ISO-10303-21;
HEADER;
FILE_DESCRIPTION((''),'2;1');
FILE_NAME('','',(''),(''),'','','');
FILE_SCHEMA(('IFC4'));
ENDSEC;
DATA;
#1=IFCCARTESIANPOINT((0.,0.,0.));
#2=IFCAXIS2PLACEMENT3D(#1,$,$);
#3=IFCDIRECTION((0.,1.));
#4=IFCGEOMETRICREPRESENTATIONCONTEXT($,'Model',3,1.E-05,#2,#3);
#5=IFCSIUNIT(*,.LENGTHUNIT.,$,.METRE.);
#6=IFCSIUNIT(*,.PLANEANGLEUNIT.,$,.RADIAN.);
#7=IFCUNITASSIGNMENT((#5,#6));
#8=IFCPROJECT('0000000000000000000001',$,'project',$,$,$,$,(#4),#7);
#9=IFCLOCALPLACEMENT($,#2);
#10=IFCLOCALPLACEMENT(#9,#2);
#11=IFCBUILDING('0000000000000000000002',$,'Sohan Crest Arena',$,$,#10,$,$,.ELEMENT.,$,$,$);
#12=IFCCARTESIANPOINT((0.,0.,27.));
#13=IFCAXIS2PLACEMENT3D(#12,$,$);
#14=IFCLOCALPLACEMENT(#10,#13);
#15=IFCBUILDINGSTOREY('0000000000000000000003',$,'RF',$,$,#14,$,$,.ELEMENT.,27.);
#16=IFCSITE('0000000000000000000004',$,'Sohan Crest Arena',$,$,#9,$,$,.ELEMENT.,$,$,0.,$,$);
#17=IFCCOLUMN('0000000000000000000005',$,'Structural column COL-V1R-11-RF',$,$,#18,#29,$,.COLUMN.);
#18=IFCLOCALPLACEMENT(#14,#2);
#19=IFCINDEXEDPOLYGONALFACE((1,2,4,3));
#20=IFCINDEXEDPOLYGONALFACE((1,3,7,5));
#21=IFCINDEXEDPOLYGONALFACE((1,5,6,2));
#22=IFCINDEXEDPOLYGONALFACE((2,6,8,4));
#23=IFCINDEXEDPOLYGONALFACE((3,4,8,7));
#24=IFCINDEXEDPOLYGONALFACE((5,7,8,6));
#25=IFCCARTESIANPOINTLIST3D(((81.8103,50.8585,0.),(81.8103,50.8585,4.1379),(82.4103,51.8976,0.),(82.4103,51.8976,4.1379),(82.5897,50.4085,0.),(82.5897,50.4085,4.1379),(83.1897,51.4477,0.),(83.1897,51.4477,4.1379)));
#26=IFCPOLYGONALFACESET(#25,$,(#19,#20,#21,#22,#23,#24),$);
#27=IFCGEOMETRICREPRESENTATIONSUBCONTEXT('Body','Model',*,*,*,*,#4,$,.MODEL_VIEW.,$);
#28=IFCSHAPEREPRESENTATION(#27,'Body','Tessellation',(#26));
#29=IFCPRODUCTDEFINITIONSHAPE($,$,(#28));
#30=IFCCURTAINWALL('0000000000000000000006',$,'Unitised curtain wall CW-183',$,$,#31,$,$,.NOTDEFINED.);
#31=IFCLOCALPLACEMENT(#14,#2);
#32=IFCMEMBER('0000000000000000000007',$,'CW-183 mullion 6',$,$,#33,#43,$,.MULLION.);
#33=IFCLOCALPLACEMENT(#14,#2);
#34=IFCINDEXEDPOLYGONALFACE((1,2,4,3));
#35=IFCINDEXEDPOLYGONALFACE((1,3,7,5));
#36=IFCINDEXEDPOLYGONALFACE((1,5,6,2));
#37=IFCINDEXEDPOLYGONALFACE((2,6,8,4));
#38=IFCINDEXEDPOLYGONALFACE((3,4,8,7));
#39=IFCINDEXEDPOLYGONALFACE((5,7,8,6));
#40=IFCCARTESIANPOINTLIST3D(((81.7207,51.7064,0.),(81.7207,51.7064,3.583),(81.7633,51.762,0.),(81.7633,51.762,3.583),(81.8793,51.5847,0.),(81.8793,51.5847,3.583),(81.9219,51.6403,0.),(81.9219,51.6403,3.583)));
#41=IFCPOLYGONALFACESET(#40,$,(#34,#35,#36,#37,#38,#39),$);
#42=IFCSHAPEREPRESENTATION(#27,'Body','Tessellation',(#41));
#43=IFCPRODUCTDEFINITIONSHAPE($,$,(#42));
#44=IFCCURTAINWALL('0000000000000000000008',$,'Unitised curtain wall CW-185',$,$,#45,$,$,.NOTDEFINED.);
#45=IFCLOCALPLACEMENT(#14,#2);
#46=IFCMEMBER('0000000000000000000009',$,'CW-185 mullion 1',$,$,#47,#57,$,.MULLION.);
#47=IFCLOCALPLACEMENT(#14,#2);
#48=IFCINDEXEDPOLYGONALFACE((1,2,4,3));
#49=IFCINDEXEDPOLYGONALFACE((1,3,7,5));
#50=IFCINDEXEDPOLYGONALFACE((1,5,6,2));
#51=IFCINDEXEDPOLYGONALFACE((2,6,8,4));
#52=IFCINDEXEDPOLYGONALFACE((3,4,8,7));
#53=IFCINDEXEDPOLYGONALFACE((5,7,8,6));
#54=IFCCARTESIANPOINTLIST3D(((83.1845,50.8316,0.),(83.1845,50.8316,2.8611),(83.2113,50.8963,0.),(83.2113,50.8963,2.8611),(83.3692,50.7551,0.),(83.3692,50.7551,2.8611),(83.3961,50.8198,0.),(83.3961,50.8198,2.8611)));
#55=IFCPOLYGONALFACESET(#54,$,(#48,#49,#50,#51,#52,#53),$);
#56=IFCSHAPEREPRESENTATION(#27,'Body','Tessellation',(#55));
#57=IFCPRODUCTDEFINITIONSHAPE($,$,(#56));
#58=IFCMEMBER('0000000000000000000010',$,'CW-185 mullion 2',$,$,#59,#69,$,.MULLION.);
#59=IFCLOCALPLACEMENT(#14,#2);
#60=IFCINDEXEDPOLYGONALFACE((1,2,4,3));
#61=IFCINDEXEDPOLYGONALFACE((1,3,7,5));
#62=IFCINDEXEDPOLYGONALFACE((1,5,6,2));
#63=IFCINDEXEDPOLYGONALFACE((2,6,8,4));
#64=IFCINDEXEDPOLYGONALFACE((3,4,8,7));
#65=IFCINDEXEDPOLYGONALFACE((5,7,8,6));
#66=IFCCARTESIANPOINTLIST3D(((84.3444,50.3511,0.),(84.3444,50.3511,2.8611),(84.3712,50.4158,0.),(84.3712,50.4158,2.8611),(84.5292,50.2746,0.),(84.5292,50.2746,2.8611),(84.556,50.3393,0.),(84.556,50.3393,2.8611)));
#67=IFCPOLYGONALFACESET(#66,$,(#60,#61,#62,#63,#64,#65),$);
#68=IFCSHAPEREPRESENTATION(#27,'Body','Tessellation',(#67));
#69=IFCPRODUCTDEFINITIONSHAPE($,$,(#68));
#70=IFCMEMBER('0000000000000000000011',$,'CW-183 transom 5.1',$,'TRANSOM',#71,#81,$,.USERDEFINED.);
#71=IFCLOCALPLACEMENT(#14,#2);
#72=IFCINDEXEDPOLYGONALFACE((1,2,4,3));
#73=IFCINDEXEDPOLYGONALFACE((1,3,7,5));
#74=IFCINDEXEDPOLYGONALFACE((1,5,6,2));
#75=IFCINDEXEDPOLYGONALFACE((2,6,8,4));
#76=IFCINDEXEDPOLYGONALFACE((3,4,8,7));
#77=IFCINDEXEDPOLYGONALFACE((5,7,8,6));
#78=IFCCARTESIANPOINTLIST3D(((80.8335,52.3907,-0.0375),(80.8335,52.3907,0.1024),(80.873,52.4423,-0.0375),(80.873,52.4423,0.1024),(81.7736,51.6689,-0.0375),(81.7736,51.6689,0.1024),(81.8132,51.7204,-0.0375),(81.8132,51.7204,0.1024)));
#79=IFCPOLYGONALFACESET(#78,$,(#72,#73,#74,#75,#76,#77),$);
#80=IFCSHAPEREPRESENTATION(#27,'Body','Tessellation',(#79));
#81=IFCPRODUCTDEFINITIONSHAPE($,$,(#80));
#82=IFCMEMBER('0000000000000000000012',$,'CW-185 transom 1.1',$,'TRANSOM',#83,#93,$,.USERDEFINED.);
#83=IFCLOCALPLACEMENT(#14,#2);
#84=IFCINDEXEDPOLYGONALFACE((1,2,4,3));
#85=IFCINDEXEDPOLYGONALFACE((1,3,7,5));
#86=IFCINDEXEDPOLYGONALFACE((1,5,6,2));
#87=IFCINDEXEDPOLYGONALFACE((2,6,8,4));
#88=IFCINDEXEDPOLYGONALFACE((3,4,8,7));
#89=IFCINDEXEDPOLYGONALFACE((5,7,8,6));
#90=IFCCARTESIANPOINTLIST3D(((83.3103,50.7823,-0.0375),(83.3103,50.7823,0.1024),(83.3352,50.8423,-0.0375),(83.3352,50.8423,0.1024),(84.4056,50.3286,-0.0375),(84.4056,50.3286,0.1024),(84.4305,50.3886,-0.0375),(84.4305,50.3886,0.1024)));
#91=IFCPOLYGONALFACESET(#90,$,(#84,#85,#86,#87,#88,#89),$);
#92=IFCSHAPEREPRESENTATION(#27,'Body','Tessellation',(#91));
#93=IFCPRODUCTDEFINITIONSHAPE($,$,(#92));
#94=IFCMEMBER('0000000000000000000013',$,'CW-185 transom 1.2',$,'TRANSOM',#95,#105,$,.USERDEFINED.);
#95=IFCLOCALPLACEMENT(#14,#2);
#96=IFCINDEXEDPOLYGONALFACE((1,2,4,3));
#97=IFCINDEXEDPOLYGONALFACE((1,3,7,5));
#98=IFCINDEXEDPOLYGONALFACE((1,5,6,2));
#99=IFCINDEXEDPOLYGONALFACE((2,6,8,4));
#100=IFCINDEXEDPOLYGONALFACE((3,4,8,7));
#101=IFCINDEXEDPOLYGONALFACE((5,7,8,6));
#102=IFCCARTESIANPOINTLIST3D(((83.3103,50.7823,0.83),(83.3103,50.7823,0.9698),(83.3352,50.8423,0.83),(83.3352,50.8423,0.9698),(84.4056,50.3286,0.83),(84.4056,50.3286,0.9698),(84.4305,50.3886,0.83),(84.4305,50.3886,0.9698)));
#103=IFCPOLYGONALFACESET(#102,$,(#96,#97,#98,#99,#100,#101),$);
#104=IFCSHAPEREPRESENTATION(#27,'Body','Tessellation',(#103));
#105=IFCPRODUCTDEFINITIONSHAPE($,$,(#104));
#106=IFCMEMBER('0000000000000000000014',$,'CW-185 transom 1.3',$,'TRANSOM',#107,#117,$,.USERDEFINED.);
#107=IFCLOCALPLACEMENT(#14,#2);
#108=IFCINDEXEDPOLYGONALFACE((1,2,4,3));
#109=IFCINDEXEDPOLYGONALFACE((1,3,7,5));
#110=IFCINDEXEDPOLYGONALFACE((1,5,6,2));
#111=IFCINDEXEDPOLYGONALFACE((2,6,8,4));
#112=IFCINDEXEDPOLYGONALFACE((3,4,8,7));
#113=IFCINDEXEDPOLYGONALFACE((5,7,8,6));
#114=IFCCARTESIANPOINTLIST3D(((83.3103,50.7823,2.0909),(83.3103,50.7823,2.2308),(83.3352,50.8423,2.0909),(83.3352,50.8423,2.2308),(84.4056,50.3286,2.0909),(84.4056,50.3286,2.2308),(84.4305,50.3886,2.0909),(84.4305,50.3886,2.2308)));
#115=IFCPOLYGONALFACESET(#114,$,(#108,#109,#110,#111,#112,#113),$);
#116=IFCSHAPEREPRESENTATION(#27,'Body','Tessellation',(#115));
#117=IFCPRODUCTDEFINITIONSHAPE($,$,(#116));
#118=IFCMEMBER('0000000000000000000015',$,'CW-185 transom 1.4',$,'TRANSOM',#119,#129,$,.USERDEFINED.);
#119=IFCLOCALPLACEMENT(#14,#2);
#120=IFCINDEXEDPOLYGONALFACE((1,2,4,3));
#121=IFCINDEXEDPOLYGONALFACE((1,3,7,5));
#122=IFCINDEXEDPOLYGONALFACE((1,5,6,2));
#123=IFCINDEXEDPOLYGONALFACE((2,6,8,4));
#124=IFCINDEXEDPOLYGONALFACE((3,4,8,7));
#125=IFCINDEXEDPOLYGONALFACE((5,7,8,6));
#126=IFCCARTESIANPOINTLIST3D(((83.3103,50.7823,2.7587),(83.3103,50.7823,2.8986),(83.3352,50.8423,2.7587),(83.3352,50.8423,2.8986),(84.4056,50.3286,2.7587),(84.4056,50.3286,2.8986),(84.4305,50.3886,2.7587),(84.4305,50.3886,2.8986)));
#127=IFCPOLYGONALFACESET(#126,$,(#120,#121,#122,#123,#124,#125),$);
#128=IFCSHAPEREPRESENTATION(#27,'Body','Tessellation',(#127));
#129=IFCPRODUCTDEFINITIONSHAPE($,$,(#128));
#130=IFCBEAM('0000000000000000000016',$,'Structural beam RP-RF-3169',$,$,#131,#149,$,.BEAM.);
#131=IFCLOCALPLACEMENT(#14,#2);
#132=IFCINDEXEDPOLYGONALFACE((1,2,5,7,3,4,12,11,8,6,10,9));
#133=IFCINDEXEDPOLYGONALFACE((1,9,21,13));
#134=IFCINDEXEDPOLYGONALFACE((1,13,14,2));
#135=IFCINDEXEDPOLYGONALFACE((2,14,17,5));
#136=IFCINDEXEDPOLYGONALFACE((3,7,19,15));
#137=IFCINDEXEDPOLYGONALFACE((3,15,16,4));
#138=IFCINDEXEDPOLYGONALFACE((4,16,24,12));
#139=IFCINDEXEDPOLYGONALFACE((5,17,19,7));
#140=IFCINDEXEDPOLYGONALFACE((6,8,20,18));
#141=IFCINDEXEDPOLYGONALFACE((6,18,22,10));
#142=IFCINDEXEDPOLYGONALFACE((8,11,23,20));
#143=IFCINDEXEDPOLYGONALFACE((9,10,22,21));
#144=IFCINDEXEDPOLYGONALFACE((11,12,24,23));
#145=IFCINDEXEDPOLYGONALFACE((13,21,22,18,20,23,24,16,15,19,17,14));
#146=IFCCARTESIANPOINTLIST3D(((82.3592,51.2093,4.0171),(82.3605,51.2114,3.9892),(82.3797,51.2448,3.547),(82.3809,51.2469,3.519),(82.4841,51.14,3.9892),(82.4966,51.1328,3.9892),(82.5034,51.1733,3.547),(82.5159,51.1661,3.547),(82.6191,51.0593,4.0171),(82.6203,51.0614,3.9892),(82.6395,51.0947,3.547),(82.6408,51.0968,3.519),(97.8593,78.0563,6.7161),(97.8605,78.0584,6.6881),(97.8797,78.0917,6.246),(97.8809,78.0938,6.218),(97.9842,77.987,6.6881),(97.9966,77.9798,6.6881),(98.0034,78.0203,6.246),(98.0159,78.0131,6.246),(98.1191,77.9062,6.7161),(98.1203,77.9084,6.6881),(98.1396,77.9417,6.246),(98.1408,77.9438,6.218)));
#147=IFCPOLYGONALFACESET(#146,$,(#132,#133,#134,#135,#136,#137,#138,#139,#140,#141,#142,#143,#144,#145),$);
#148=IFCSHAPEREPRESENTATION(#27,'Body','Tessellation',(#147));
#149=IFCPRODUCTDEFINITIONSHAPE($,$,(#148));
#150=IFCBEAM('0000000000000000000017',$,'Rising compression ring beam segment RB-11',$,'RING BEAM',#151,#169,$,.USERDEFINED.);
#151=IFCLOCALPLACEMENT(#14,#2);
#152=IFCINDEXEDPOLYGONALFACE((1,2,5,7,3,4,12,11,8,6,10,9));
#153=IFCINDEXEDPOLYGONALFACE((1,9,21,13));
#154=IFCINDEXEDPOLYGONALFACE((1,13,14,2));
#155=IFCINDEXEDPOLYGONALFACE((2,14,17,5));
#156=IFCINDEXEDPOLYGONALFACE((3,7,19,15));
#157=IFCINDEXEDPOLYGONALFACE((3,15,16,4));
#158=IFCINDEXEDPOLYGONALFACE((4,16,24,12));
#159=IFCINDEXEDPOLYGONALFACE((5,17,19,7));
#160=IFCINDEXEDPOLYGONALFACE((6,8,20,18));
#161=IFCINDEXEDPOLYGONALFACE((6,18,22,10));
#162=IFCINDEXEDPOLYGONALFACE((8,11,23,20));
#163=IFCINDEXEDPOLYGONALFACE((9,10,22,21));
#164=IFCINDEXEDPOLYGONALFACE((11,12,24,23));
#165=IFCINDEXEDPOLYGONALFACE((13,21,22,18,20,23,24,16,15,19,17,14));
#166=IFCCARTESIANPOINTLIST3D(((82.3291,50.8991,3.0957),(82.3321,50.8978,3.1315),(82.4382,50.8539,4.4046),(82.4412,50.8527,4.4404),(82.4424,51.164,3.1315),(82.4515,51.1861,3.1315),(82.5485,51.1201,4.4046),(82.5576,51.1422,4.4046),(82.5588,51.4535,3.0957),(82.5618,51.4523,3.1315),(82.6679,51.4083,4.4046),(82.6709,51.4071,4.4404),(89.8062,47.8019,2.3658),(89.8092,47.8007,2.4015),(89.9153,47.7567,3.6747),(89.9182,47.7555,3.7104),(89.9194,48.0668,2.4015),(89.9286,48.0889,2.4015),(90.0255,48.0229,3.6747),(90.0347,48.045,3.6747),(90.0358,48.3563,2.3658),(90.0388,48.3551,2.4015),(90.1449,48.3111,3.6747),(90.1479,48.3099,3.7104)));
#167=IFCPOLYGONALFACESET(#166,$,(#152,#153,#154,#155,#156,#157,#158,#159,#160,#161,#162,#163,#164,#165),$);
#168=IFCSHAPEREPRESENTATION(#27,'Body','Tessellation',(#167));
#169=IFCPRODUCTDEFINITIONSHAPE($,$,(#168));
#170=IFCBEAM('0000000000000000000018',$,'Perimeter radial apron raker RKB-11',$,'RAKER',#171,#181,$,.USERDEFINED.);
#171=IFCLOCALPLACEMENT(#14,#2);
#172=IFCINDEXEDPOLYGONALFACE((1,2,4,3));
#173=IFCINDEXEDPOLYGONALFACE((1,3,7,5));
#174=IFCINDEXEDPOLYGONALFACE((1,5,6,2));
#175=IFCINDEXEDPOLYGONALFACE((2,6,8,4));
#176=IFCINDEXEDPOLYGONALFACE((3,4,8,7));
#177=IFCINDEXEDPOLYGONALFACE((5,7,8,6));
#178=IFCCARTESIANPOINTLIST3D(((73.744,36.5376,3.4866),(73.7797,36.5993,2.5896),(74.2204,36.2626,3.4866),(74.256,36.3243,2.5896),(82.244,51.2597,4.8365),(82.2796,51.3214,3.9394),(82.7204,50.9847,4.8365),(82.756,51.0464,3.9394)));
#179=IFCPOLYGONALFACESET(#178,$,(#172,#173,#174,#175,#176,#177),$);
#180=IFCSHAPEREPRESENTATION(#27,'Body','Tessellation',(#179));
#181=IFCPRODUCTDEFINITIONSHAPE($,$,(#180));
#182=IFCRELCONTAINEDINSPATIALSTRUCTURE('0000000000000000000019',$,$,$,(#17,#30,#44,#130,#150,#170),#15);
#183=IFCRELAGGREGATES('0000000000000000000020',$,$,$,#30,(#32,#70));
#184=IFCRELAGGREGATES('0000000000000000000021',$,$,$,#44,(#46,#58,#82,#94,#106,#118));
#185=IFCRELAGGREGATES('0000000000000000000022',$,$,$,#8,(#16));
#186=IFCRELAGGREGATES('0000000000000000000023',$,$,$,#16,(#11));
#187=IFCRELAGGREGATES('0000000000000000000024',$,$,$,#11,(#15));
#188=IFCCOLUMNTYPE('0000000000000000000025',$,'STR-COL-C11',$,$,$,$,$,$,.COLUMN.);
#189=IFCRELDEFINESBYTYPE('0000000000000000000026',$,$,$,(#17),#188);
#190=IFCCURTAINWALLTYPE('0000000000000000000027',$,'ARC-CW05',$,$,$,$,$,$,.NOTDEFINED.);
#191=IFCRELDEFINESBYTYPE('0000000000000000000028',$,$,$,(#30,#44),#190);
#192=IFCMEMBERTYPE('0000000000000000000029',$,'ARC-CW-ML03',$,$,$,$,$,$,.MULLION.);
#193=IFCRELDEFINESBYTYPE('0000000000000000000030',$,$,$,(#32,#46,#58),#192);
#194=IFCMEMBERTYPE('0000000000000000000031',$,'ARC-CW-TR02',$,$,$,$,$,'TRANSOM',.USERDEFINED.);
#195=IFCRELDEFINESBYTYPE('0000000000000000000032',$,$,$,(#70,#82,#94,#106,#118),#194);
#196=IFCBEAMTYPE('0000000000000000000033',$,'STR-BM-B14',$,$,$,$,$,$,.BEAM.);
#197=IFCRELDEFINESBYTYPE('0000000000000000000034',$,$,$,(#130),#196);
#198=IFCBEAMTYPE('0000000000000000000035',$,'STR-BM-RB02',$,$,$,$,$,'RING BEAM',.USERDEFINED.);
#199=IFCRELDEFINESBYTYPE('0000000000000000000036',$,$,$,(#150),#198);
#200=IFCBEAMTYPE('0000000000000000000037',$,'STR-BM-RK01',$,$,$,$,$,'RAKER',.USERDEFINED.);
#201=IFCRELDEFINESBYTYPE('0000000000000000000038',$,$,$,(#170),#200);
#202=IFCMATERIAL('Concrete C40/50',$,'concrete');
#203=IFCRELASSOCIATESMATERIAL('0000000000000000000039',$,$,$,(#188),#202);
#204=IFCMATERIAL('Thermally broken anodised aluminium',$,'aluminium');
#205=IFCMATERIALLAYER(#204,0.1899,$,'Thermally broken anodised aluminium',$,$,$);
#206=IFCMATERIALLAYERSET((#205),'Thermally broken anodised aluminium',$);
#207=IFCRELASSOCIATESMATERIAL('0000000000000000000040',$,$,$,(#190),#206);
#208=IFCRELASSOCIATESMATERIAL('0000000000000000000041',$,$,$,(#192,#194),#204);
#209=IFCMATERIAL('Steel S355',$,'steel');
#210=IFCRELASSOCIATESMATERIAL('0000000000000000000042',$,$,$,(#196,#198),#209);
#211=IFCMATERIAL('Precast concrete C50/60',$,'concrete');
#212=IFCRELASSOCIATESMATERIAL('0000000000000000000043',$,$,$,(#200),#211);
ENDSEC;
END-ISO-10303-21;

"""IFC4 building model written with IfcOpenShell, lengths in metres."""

from ifc_helpers import new_model, si_unit, direction, frame, origin, origin_2d, place, context, subcontext, project, spatial, rectangle, i_section, extrude, material, layer, layer_set, material_profile, profile_set, type_object, element, aggregate, save


model = new_model("IFC4")

# Units and contexts
model_context = context("Model", 3, precision=1e-05, world=origin(), true_north=direction((0.0, 1.0)))
body_context = subcontext(model_context, "Body", "Model", "MODEL_VIEW")
ifc_project = project(units=[si_unit("LENGTHUNIT", "METRE"), si_unit("PLANEANGLEUNIT", "RADIAN")], contexts=[model_context])

# Site, building, storey
site_placement = place(None, origin())
site = spatial("IfcSite", under=ifc_project, at=site_placement, Name="Sohan Crest Arena", CompositionType="ELEMENT", RefElevation=0.0)
building_placement = place(site_placement, origin())
building = spatial("IfcBuilding", under=site, at=building_placement, Name="Sohan Crest Arena", CompositionType="ELEMENT")
storey_placement = place(building_placement, frame((0.0, 0.0, 27.0)))
storey = spatial("IfcBuildingStorey", under=building, at=storey_placement, Name="RF", CompositionType="ELEMENT", Elevation=27.0)

# Column
ifc_material_1 = material(Name="Concrete C40/50", Category="concrete")
ifc_material_profile_1 = material_profile(ifc_material_1, rectangle(XDim=1.2, YDim=0.8999, at=origin_2d()), Name="RC 1200x900")
ifc_profile_set_1 = profile_set([ifc_material_profile_1], Name="Concrete C40/50")
column_type = type_object("IfcColumnType", Name="STR-COL-C11", PredefinedType="COLUMN", material=ifc_profile_set_1)
column_placement = place(storey_placement, frame((82.5, 51.1531, 0.0), z_axis=(0.0, 0.0, 1.0), x_axis=(0.5, 0.866025, 0.0)))
element("IfcColumn", 1, at=column_placement, inside=storey, type_object=column_type, Name="Structural column COL-V1R-11-RF", PredefinedType="COLUMN", context=body_context, shape_type="SweptSolid", body=[
    extrude(rectangle(XDim=1.2, YDim=0.8999, at=origin_2d()), origin(), (0.0, 0.0, 1.0), 4.1379),
])

# Curtain wall, member
ifc_material_2 = material(Name="Thermally broken anodised aluminium", Category="aluminium")
ifc_layer_1 = layer(ifc_material_2, 0.1899, Name="Thermally broken anodised aluminium")
ifc_layer_set_1 = layer_set([ifc_layer_1], Name="Thermally broken anodised aluminium")
curtain_wall_type = type_object("IfcCurtainWallType", Name="ARC-CW05", PredefinedType="NOTDEFINED", material=ifc_layer_set_1)
curtain_wall_1_placement = place(storey_placement, origin())
curtain_wall_1 = element("IfcCurtainWall", 2, at=curtain_wall_1_placement, inside=storey, type_object=curtain_wall_type, Name="Unitised curtain wall CW-183", PredefinedType="NOTDEFINED")
ifc_material_profile_2 = material_profile(ifc_material_2, rectangle(XDim=0.0701, YDim=0.2, at=origin_2d()), Name="ALU-MULL 70x200")
ifc_profile_set_2 = profile_set([ifc_material_profile_2], Name="Thermally broken anodised aluminium")
member_type_1 = type_object("IfcMemberType", Name="ARC-CW-ML03", PredefinedType="MULLION", material=ifc_profile_set_2)
member_1_placement = place(storey_placement, frame((81.8213, 51.6733, 0.0), z_axis=(0.0, 0.0, 1.0), x_axis=(0.608939, 0.793217, 0.0)))
member_1 = element("IfcMember", 3, at=member_1_placement, type_object=member_type_1, Name="CW-183 mullion 6", PredefinedType="MULLION", context=body_context, shape_type="SweptSolid", body=[
    extrude(rectangle(XDim=0.0701, YDim=0.2, at=origin_2d()), origin(), (0.0, 0.0, 1.0), 3.583),
])

# Curtain wall, members
curtain_wall_2_placement = place(storey_placement, origin())
curtain_wall_2 = element("IfcCurtainWall", 4, at=curtain_wall_2_placement, inside=storey, type_object=curtain_wall_type, Name="Unitised curtain wall CW-185", PredefinedType="NOTDEFINED")
member_2_placement = place(storey_placement, frame((83.2903, 50.8257, 0.0), z_axis=(0.0, 0.0, 1.0), x_axis=(0.382667, 0.923886, 0.0)))
member_2 = element("IfcMember", 5, at=member_2_placement, type_object=member_type_1, Name="CW-185 mullion 1", PredefinedType="MULLION", context=body_context, shape_type="SweptSolid", body=[
    extrude(rectangle(XDim=0.0701, YDim=0.2, at=origin_2d()), origin(), (0.0, 0.0, 1.0), 2.8611),
])
member_3_placement = place(storey_placement, frame((84.4502, 50.3452, 0.0), z_axis=(0.0, 0.0, 1.0), x_axis=(0.382667, 0.923886, 0.0)))
member_3 = element("IfcMember", 6, at=member_3_placement, type_object=member_type_1, Name="CW-185 mullion 2", PredefinedType="MULLION", context=body_context, shape_type="SweptSolid", body=[
    extrude(rectangle(XDim=0.0701, YDim=0.2, at=origin_2d()), origin(), (0.0, 0.0, 1.0), 2.8611),
])

# Members
ifc_material_profile_3 = material_profile(ifc_material_2, rectangle(XDim=0.0649, YDim=0.1399, at=origin_2d()), Name="ALU-TRAN 65x140")
ifc_profile_set_3 = profile_set([ifc_material_profile_3], Name="Thermally broken anodised aluminium")
member_type_2 = type_object("IfcMemberType", Name="ARC-CW-TR02", ElementType="TRANSOM", PredefinedType="USERDEFINED", material=ifc_profile_set_3)
member_4_placement = place(storey_placement, frame((80.8533, 52.4165, 0.0325), z_axis=(0.793152, -0.609024, 0.0), x_axis=(0.609024, 0.793152, 0.0)))
member_4 = element("IfcMember", 7, at=member_4_placement, type_object=member_type_2, Name="CW-183 transom 5.1", ObjectType="TRANSOM", PredefinedType="USERDEFINED", context=body_context, shape_type="SweptSolid", body=[
    extrude(rectangle(XDim=0.0649, YDim=0.1399, at=origin_2d()), origin(), (0.0, 0.0, 1.0), 1.1853),
])
member_5_placement = place(storey_placement, frame((83.3228, 50.8123, 0.0325), z_axis=(0.923891, -0.382655, 0.0), x_axis=(0.382655, 0.923891, 0.0)))
member_5 = element("IfcMember", 8, at=member_5_placement, type_object=member_type_2, Name="CW-185 transom 1.1", ObjectType="TRANSOM", PredefinedType="USERDEFINED", context=body_context, shape_type="SweptSolid", body=[
    extrude(rectangle(XDim=0.0649, YDim=0.1399, at=origin_2d()), origin(), (0.0, 0.0, 1.0), 1.1855),
])
member_6_placement = place(storey_placement, frame((83.3228, 50.8123, 0.8999), z_axis=(0.923891, -0.382655, 0.0), x_axis=(0.382655, 0.923891, 0.0)))
member_6 = element("IfcMember", 9, at=member_6_placement, type_object=member_type_2, Name="CW-185 transom 1.2", ObjectType="TRANSOM", PredefinedType="USERDEFINED", context=body_context, shape_type="SweptSolid", body=[
    extrude(rectangle(XDim=0.0649, YDim=0.1399, at=origin_2d()), origin(), (0.0, 0.0, 1.0), 1.1855),
])
member_7_placement = place(storey_placement, frame((83.3228, 50.8123, 2.1609), z_axis=(0.923891, -0.382655, 0.0), x_axis=(0.382655, 0.923891, 0.0)))
member_7 = element("IfcMember", 10, at=member_7_placement, type_object=member_type_2, Name="CW-185 transom 1.3", ObjectType="TRANSOM", PredefinedType="USERDEFINED", context=body_context, shape_type="SweptSolid", body=[
    extrude(rectangle(XDim=0.0649, YDim=0.1399, at=origin_2d()), origin(), (0.0, 0.0, 1.0), 1.1855),
])
member_8_placement = place(storey_placement, frame((83.3228, 50.8123, 2.8286), z_axis=(0.923891, -0.382655, 0.0), x_axis=(0.382655, 0.923891, 0.0)))
member_8 = element("IfcMember", 11, at=member_8_placement, type_object=member_type_2, Name="CW-185 transom 1.4", ObjectType="TRANSOM", PredefinedType="USERDEFINED", context=body_context, shape_type="SweptSolid", body=[
    extrude(rectangle(XDim=0.0649, YDim=0.1399, at=origin_2d()), origin(), (0.0, 0.0, 1.0), 1.1855),
])

# Beams
ifc_material_3 = material(Name="Steel S355", Category="steel")
ifc_material_profile_4 = material_profile(ifc_material_3, i_section(OverallWidth=0.3, OverallDepth=0.5, WebThickness=0.0144, FlangeThickness=0.0281, at=origin_2d()), Name="HEB 500")
ifc_profile_set_4 = profile_set([ifc_material_profile_4], Name="Steel S355")
beam_type_1 = type_object("IfcBeamType", Name="STR-BM-B14", PredefinedType="BEAM", material=ifc_profile_set_4)
beam_1_placement = place(storey_placement, frame((82.5, 51.1531, 3.7681), z_axis=(0.498114, 0.862763, 0.086735), x_axis=(-0.866027, 0.499998, 0.0)))
element("IfcBeam", 12, at=beam_1_placement, inside=storey, type_object=beam_type_1, Name="Structural beam RP-RF-3169", PredefinedType="BEAM", context=body_context, shape_type="SweptSolid", body=[
    extrude(i_section(OverallWidth=0.3, OverallDepth=0.5, WebThickness=0.0144, FlangeThickness=0.0281, at=origin_2d()), origin(), (0.0, 0.0, 1.0), 31.1174),
])
ifc_material_profile_5 = material_profile(ifc_material_3, i_section(OverallWidth=0.6001, OverallDepth=1.3501, WebThickness=0.0239, FlangeThickness=0.0359, at=origin_2d()), Name="PG 1350x600x24x36")
ifc_profile_set_5 = profile_set([ifc_material_profile_5], Name="Steel S355")
beam_type_2 = type_object("IfcBeamType", Name="STR-BM-RB02", ElementType="RING BEAM", PredefinedType="USERDEFINED", material=ifc_profile_set_5)
beam_2_placement = place(storey_placement, frame((82.5, 51.1531, 3.7681), z_axis=(0.920141, -0.381144, -0.089833), x_axis=(0.382691, 0.923876, 0.0)))
element("IfcBeam", 13, at=beam_2_placement, inside=storey, type_object=beam_type_2, Name="Rising compression ring beam segment RB-11", ObjectType="RING BEAM", PredefinedType="USERDEFINED", context=body_context, shape_type="SweptSolid", body=[
    extrude(i_section(OverallWidth=0.6001, OverallDepth=1.3501, WebThickness=0.0239, FlangeThickness=0.0359, at=origin_2d()), origin(), (0.0, 0.0, 1.0), 8.126),
])
ifc_material_4 = material(Name="Precast concrete C50/60", Category="concrete")
ifc_material_profile_6 = material_profile(ifc_material_4, rectangle(XDim=0.55, YDim=0.8999, at=origin_2d()), Name="RAKER 550x900")
ifc_profile_set_6 = profile_set([ifc_material_profile_6], Name="Precast concrete C50/60")
beam_type_3 = type_object("IfcBeamType", Name="STR-BM-RK01", ElementType="RAKER", PredefinedType="USERDEFINED", material=ifc_profile_set_6)
beam_3_placement = place(storey_placement, frame((82.5, 51.1531, 4.3879), z_axis=(-0.498438, -0.863304, -0.079155), x_axis=(0.866022, -0.500007, 0.0)))
element("IfcBeam", 14, at=beam_3_placement, inside=storey, type_object=beam_type_3, Name="Perimeter radial apron raker RKB-11", ObjectType="RAKER", PredefinedType="USERDEFINED", context=body_context, shape_type="SweptSolid", body=[
    extrude(rectangle(XDim=0.55, YDim=0.8999, at=origin_2d()), origin(), (0.0, 0.0, 1.0), 17.0532),
])

aggregate(curtain_wall_1, [member_1, member_4])
aggregate(curtain_wall_2, [member_2, member_3, member_5, member_6, member_7, member_8])

save(model, "model.ifc")
